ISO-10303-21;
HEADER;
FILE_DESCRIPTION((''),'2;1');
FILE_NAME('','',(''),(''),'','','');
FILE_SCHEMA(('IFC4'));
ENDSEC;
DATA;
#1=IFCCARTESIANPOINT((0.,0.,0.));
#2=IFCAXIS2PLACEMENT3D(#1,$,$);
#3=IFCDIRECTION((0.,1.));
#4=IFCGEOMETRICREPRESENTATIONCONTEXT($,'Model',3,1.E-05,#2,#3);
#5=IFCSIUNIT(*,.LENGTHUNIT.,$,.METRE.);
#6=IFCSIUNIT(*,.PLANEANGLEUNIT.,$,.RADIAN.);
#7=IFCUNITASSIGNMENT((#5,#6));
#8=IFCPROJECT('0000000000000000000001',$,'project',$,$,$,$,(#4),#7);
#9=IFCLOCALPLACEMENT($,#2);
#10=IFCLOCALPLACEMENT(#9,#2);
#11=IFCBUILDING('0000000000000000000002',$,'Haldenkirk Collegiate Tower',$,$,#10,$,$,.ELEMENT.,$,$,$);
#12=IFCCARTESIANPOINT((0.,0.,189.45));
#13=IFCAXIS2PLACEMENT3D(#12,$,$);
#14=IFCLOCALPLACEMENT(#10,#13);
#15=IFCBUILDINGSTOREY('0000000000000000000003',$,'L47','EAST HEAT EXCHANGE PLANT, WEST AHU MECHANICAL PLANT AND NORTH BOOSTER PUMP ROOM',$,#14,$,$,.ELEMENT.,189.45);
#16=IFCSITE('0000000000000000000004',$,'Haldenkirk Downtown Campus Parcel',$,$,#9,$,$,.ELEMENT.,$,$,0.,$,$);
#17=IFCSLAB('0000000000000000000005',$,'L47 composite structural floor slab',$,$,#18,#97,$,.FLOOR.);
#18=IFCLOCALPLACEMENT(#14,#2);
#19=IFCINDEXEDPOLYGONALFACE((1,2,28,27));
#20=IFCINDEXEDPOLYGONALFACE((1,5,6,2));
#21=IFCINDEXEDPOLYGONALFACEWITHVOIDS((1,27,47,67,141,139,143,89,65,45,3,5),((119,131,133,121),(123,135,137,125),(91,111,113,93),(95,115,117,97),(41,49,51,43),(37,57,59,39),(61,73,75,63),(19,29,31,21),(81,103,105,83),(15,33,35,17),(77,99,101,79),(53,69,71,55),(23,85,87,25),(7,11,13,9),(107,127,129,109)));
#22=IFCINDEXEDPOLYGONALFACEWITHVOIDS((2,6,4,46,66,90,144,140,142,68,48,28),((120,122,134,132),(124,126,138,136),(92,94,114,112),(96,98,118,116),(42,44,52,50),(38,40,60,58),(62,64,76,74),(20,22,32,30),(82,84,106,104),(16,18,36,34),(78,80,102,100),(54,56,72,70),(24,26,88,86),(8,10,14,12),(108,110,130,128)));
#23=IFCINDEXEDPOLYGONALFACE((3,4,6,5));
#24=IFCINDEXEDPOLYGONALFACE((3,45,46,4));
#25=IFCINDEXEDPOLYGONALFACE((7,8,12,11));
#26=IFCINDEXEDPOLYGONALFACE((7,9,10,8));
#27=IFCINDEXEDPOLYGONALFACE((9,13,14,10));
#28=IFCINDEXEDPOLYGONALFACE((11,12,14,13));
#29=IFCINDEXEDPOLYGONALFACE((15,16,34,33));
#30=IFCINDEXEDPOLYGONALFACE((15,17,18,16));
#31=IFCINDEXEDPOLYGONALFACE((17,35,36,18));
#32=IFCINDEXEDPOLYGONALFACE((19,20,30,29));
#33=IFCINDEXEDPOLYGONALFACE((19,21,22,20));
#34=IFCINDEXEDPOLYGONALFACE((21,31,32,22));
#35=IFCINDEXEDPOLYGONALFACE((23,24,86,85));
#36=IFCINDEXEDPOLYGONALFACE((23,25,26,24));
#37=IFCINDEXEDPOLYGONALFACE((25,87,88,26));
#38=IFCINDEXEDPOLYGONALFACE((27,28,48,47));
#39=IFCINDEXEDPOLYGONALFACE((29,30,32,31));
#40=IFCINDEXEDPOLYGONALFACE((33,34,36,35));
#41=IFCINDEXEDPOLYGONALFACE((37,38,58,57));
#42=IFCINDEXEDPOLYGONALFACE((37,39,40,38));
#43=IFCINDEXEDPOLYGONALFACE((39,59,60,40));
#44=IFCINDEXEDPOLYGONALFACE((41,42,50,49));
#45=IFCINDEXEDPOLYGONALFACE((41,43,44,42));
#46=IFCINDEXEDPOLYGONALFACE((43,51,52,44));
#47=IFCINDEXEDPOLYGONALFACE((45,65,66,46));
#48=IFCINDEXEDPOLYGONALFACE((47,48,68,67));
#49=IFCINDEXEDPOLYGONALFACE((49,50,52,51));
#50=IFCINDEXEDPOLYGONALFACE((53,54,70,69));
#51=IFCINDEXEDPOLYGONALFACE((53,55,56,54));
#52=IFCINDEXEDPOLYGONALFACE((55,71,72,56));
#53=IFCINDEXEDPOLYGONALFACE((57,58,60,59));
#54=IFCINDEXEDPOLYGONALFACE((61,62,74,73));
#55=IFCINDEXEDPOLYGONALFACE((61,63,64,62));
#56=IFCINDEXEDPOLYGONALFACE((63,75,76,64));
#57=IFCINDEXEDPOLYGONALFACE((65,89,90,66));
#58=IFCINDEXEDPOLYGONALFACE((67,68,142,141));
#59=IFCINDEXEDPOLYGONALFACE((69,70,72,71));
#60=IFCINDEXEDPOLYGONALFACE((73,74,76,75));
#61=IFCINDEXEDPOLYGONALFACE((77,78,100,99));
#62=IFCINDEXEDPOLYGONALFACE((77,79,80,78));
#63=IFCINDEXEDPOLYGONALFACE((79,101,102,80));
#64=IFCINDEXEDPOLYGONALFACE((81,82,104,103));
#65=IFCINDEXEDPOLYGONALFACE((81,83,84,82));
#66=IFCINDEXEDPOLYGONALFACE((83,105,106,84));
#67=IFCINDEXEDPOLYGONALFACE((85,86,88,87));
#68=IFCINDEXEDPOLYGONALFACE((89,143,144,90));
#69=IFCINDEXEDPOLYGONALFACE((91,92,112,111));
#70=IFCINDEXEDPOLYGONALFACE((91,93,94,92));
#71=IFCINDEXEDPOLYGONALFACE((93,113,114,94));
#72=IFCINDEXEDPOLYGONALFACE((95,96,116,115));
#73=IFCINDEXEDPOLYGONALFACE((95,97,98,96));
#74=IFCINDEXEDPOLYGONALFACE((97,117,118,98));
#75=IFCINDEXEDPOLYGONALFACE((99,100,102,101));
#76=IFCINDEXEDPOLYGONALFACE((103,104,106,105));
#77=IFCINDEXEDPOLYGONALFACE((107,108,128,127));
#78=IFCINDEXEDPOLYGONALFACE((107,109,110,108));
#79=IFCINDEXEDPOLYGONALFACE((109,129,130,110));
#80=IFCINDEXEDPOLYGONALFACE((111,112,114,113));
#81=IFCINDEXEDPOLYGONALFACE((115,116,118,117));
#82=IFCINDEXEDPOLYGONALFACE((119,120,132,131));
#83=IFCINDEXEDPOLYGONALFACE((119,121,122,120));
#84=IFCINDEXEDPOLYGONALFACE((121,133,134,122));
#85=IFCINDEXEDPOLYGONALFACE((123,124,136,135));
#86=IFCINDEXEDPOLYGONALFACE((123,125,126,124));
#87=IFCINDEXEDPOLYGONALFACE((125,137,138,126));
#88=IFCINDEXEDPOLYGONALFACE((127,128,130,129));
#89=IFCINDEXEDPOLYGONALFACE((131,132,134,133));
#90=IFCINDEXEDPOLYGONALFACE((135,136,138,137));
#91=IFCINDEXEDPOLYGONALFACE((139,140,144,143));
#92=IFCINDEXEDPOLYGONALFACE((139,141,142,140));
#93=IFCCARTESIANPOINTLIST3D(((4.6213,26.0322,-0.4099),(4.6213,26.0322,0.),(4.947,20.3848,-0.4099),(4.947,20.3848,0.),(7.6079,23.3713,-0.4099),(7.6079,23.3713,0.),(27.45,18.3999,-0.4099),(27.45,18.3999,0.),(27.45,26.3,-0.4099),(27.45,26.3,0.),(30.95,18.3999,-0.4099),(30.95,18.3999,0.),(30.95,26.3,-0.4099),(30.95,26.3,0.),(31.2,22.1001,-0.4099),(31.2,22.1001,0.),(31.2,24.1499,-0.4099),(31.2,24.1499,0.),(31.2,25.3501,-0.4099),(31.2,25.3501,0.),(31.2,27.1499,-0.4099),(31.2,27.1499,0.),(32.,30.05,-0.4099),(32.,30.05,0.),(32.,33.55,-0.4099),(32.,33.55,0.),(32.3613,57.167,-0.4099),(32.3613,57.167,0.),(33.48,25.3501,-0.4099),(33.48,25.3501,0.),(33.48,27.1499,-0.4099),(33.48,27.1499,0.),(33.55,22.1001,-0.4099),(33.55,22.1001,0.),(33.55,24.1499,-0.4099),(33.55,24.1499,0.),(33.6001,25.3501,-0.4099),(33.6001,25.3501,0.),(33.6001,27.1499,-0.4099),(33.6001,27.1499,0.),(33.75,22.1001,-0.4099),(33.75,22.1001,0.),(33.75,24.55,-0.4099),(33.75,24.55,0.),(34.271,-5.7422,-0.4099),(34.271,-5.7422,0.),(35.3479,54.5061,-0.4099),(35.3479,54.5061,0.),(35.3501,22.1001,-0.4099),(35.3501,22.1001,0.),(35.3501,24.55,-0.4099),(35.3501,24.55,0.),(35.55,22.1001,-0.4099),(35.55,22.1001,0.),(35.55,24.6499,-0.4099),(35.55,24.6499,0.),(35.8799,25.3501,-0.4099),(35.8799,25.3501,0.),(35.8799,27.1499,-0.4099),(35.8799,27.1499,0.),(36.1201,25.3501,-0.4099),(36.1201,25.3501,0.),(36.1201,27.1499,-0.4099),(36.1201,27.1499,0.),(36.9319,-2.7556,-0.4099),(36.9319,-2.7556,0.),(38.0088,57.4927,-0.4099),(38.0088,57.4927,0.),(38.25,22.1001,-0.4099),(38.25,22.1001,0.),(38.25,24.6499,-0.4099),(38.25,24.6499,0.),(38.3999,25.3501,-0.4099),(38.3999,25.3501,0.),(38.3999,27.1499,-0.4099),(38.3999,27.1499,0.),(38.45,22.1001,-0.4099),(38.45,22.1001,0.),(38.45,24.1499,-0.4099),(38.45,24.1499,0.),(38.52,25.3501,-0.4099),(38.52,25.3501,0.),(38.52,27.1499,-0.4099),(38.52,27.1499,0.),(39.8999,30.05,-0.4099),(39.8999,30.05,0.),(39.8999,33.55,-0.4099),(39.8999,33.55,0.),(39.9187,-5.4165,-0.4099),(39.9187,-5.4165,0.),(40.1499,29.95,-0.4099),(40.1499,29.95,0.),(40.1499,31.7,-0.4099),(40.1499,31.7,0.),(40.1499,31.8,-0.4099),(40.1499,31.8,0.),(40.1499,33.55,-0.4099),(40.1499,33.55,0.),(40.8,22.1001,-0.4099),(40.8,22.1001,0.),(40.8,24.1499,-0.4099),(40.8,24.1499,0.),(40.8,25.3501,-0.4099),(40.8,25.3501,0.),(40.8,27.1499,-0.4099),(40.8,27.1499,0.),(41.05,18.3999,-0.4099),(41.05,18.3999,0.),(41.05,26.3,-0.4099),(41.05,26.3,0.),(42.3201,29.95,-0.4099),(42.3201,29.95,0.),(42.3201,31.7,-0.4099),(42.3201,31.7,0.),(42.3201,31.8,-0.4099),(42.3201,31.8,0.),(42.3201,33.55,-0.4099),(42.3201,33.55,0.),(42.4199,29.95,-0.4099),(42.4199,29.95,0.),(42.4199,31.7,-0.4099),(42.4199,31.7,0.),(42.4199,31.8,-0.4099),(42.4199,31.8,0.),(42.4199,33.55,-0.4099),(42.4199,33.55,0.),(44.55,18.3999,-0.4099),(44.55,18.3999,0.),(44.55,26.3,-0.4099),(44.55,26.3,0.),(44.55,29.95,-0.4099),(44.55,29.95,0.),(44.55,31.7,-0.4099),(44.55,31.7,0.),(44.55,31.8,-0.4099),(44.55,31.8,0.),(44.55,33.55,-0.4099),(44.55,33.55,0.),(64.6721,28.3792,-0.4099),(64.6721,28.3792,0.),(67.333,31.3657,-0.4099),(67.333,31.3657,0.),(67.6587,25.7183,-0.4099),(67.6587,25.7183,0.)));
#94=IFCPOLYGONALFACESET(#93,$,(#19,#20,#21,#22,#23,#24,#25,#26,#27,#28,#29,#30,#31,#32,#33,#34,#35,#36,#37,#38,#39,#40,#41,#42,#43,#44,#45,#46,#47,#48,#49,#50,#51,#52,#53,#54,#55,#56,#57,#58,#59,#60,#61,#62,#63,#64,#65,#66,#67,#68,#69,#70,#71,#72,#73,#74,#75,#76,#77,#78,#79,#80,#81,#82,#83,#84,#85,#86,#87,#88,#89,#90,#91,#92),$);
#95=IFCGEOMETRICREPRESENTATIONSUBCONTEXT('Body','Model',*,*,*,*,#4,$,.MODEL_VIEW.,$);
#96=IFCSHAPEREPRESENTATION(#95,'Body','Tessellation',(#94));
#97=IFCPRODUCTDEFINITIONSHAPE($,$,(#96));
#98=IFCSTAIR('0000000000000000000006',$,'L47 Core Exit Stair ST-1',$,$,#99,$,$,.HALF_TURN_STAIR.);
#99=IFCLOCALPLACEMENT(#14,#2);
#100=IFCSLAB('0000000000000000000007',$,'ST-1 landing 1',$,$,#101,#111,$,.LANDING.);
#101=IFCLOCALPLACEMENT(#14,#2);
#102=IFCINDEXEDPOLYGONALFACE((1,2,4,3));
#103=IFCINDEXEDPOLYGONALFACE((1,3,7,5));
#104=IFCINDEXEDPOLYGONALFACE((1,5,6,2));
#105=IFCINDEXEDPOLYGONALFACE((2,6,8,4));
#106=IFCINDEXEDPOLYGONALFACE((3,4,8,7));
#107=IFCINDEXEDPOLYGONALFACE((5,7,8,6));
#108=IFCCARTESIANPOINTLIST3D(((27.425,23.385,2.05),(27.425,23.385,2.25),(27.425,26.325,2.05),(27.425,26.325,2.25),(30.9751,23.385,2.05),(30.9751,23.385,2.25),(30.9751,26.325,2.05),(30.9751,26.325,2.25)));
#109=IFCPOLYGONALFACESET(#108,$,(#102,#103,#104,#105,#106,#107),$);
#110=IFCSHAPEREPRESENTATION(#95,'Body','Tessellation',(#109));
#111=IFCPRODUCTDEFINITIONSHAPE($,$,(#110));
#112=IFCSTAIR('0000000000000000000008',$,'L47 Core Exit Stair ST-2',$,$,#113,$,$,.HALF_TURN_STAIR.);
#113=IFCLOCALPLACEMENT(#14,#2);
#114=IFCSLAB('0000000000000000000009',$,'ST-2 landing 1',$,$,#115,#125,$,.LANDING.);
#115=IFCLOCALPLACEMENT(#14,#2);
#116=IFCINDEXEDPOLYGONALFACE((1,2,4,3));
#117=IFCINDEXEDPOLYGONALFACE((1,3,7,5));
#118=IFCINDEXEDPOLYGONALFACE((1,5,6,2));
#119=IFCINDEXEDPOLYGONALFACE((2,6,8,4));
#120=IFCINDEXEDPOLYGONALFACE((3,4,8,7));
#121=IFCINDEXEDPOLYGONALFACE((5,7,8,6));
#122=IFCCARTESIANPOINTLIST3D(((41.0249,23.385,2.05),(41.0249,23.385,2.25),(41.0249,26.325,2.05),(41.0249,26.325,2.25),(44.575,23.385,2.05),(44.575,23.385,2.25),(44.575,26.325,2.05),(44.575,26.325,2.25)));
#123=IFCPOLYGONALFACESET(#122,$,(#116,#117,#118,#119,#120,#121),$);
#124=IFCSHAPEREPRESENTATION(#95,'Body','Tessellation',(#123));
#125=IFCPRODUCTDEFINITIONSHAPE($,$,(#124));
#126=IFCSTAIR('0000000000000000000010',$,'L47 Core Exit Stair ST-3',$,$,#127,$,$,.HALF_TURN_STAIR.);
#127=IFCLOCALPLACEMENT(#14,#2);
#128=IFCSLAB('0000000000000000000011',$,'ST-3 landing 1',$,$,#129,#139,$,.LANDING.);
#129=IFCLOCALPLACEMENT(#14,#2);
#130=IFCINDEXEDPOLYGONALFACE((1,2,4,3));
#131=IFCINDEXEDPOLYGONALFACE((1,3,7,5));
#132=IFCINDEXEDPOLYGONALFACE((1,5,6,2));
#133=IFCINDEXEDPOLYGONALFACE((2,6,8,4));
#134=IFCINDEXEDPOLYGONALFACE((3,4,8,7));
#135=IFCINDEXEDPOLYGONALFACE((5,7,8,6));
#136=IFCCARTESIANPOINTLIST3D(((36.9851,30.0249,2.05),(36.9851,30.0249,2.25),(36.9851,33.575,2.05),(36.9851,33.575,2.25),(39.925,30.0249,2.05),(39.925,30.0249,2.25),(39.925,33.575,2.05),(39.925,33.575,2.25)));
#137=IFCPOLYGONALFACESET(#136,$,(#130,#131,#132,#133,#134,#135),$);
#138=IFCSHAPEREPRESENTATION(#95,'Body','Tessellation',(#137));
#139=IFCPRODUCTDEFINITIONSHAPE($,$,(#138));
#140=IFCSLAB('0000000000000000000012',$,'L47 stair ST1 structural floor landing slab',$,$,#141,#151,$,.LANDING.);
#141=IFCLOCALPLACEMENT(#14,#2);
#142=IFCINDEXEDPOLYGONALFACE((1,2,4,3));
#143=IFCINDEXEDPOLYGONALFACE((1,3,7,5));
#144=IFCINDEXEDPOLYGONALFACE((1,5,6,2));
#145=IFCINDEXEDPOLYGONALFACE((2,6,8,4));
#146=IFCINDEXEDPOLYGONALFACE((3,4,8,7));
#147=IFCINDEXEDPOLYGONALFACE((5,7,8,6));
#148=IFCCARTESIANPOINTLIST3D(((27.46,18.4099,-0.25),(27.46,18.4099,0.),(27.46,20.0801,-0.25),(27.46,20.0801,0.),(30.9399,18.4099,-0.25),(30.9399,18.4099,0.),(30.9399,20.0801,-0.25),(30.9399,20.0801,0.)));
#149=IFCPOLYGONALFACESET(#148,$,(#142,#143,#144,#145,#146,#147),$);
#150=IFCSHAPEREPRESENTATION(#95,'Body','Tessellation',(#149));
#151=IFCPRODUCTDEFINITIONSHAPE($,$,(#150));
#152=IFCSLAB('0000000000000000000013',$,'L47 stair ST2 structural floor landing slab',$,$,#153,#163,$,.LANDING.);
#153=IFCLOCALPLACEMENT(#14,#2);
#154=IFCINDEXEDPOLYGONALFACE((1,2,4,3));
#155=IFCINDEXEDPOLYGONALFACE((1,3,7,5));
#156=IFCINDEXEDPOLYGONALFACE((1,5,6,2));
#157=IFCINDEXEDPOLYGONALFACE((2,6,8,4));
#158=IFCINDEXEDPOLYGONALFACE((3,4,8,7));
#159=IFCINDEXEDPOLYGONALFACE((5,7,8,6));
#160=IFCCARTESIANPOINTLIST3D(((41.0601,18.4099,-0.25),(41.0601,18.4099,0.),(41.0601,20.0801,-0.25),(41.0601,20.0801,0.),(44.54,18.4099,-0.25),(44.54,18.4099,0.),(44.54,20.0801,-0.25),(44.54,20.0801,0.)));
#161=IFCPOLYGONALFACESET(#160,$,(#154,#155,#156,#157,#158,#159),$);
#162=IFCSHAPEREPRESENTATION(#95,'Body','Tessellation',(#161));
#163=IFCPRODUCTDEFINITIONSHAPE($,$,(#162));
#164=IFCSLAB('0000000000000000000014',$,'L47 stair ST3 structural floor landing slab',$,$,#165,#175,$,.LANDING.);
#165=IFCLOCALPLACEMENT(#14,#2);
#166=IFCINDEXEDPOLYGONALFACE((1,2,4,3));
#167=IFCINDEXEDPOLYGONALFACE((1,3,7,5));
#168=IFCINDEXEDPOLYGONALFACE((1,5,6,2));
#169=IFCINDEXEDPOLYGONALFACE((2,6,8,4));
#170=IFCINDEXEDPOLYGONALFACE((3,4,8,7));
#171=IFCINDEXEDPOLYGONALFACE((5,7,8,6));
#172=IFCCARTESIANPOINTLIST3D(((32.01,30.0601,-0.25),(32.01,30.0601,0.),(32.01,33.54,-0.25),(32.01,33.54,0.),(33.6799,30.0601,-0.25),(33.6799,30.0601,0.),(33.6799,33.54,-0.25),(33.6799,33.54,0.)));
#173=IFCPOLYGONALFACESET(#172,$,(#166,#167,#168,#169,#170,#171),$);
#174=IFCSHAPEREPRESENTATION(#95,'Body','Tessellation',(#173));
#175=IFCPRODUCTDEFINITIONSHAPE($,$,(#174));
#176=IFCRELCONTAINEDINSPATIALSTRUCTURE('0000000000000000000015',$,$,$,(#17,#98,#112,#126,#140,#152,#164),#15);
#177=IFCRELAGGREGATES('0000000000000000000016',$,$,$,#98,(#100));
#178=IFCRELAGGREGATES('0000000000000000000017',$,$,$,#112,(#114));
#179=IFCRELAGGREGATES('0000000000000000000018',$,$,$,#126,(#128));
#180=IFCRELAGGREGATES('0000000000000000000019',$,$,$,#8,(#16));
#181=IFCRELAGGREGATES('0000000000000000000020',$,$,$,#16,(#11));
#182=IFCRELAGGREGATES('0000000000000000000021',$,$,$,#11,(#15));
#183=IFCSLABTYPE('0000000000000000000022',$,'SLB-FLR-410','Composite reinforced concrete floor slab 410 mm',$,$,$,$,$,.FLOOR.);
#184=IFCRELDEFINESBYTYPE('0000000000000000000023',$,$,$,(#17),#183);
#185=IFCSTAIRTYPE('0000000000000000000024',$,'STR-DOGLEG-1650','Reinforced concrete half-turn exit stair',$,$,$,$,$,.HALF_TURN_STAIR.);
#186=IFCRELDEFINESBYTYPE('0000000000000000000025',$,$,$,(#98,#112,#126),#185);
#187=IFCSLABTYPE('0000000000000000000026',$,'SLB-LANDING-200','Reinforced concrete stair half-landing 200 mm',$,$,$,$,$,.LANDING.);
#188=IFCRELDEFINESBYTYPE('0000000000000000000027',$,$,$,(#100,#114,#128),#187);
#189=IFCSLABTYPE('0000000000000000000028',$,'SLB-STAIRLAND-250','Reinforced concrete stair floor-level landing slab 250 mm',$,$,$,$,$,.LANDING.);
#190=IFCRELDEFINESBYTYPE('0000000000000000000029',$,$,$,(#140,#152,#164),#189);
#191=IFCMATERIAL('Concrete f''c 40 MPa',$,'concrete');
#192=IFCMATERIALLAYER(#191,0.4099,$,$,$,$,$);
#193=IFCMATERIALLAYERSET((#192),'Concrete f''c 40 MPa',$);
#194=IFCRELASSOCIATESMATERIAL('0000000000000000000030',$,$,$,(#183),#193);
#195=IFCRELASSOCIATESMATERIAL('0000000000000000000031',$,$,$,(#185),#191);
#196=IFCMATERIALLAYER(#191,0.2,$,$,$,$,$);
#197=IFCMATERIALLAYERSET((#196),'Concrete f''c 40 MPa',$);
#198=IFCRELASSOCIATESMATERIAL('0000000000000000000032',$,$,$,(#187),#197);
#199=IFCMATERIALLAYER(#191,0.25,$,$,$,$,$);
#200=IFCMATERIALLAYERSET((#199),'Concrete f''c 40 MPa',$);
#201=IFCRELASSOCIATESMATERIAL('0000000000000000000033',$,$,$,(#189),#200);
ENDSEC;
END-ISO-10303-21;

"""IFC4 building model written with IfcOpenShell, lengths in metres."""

from ifc_helpers import new_model, si_unit, direction, frame, origin, place, context, subcontext, project, spatial, polyline, outline, extrude, material, layer, layer_set, type_object, element, aggregate, save


model = new_model("IFC4")

# Units and contexts
model_context = context("Model", 3, precision=1e-05, world=origin(), true_north=direction((0.0, 1.0)))
body_context = subcontext(model_context, "Body", "Model", "MODEL_VIEW")
ifc_project = project(units=[si_unit("LENGTHUNIT", "METRE"), si_unit("PLANEANGLEUNIT", "RADIAN")], contexts=[model_context])

# Site, building, storey
site_placement = place(None, origin())
site = spatial("IfcSite", under=ifc_project, at=site_placement, Name="Haldenkirk Downtown Campus Parcel", CompositionType="ELEMENT", RefElevation=0.0)
building_placement = place(site_placement, origin())
building = spatial("IfcBuilding", under=site, at=building_placement, Name="Haldenkirk Collegiate Tower", CompositionType="ELEMENT")
storey_placement = place(building_placement, frame((0.0, 0.0, 189.45)))
storey = spatial("IfcBuildingStorey", under=building, at=storey_placement, Name="L47", Description="EAST HEAT EXCHANGE PLANT, WEST AHU MECHANICAL PLANT AND NORTH BOOSTER PUMP ROOM", CompositionType="ELEMENT", Elevation=189.45)

# Slab
ifc_material_1 = material(Name="Concrete f'c 40 MPa", Category="concrete")
ifc_layer_1 = layer(ifc_material_1, 0.4099)
ifc_layer_set_1 = layer_set([ifc_layer_1], Name="Concrete f'c 40 MPa")
slab_type_1 = type_object("IfcSlabType", Name="SLB-FLR-410", Description="Composite reinforced concrete floor slab 410 mm", PredefinedType="FLOOR", material=ifc_layer_set_1)
slab_1_placement = place(storey_placement, frame((0.0, 0.0, -0.4099)))
element("IfcSlab", 1, at=slab_1_placement, inside=storey, type_object=slab_type_1, Name="L47 composite structural floor slab", PredefinedType="FLOOR", context=body_context, shape_type="SweptSolid", body=[
    extrude(outline(polyline([(39.9187, -5.4165), (67.6587, 25.7183), (64.6721, 28.3792), (67.333, 31.3657), (38.0088, 57.4927), (35.3479, 54.5061), (32.3613, 57.167), (4.6213, 26.0322), (7.6079, 23.3713), (4.947, 20.3848), (34.271, -5.7422), (36.9319, -2.7556), (39.9187, -5.4165)]), holes=[polyline([(27.45, 18.3999), (30.95, 18.3999), (30.95, 26.3), (27.45, 26.3), (27.45, 18.3999)]), polyline([(41.05, 18.3999), (44.55, 18.3999), (44.55, 26.3), (41.05, 26.3), (41.05, 18.3999)]), polyline([(32.0, 30.05), (39.8999, 30.05), (39.8999, 33.55), (32.0, 33.55), (32.0, 30.05)]), polyline([(33.75, 22.1001), (35.3501, 22.1001), (35.3501, 24.55), (33.75, 24.55), (33.75, 22.1001)]), polyline([(40.1499, 29.95), (42.3201, 29.95), (42.3201, 31.7), (40.1499, 31.7), (40.1499, 29.95)]), polyline([(42.4199, 29.95), (44.55, 29.95), (44.55, 31.7), (42.4199, 31.7), (42.4199, 29.95)]), polyline([(40.1499, 31.8), (42.3201, 31.8), (42.3201, 33.55), (40.1499, 33.55), (40.1499, 31.8)]), polyline([(42.4199, 31.8), (44.55, 31.8), (44.55, 33.55), (42.4199, 33.55), (42.4199, 31.8)]), polyline([(31.2, 25.3501), (33.48, 25.3501), (33.48, 27.1499), (31.2, 27.1499), (31.2, 25.3501)]), polyline([(33.6001, 25.3501), (35.8799, 25.3501), (35.8799, 27.1499), (33.6001, 27.1499), (33.6001, 25.3501)]), polyline([(36.1201, 25.3501), (38.3999, 25.3501), (38.3999, 27.1499), (36.1201, 27.1499), (36.1201, 25.3501)]), polyline([(38.52, 25.3501), (40.8, 25.3501), (40.8, 27.1499), (38.52, 27.1499), (38.52, 25.3501)]), polyline([(31.2, 22.1001), (33.55, 22.1001), (33.55, 24.1499), (31.2, 24.1499), (31.2, 22.1001)]), polyline([(38.45, 22.1001), (40.8, 22.1001), (40.8, 24.1499), (38.45, 24.1499), (38.45, 22.1001)]), polyline([(35.55, 22.1001), (38.25, 22.1001), (38.25, 24.6499), (35.55, 24.6499), (35.55, 22.1001)])]), origin(), (0.0, 0.0, 1.0), 0.4099),
])

# Stairs, slabs
stair_type = type_object("IfcStairType", Name="STR-DOGLEG-1650", Description="Reinforced concrete half-turn exit stair", PredefinedType="HALF_TURN_STAIR", material=ifc_material_1)
stair_1_placement = place(storey_placement, origin())
stair_1 = element("IfcStair", 2, at=stair_1_placement, inside=storey, type_object=stair_type, Name="L47 Core Exit Stair ST-1", PredefinedType="HALF_TURN_STAIR")
ifc_layer_2 = layer(ifc_material_1, 0.2)
ifc_layer_set_2 = layer_set([ifc_layer_2], Name="Concrete f'c 40 MPa")
slab_type_2 = type_object("IfcSlabType", Name="SLB-LANDING-200", Description="Reinforced concrete stair half-landing 200 mm", PredefinedType="LANDING", material=ifc_layer_set_2)
slab_2_placement = place(storey_placement, frame((0.0, 0.0, 2.05)))
slab_2 = element("IfcSlab", 3, at=slab_2_placement, type_object=slab_type_2, Name="ST-1 landing 1", PredefinedType="LANDING", context=body_context, shape_type="SweptSolid", body=[
    extrude(outline(polyline([(30.9751, 23.385), (27.425, 23.385), (27.425, 26.325), (30.9751, 26.325), (30.9751, 23.385)])), origin(), (0.0, 0.0, 1.0), 0.2),
])
aggregate(stair_1, [slab_2])
stair_2_placement = place(storey_placement, origin())
stair_2 = element("IfcStair", 4, at=stair_2_placement, inside=storey, type_object=stair_type, Name="L47 Core Exit Stair ST-2", PredefinedType="HALF_TURN_STAIR")
slab_3_placement = place(storey_placement, frame((0.0, 0.0, 2.05)))
slab_3 = element("IfcSlab", 5, at=slab_3_placement, type_object=slab_type_2, Name="ST-2 landing 1", PredefinedType="LANDING", context=body_context, shape_type="SweptSolid", body=[
    extrude(outline(polyline([(44.575, 23.385), (41.0249, 23.385), (41.0249, 26.325), (44.575, 26.325), (44.575, 23.385)])), origin(), (0.0, 0.0, 1.0), 0.2),
])
aggregate(stair_2, [slab_3])
stair_3_placement = place(storey_placement, origin())
stair_3 = element("IfcStair", 6, at=stair_3_placement, inside=storey, type_object=stair_type, Name="L47 Core Exit Stair ST-3", PredefinedType="HALF_TURN_STAIR")
slab_4_placement = place(storey_placement, frame((0.0, 0.0, 2.05)))
slab_4 = element("IfcSlab", 7, at=slab_4_placement, type_object=slab_type_2, Name="ST-3 landing 1", PredefinedType="LANDING", context=body_context, shape_type="SweptSolid", body=[
    extrude(outline(polyline([(36.9851, 30.0249), (36.9851, 33.575), (39.925, 33.575), (39.925, 30.0249), (36.9851, 30.0249)])), origin(), (0.0, 0.0, 1.0), 0.2),
])
aggregate(stair_3, [slab_4])

# Slabs
ifc_layer_3 = layer(ifc_material_1, 0.25)
ifc_layer_set_3 = layer_set([ifc_layer_3], Name="Concrete f'c 40 MPa")
slab_type_3 = type_object("IfcSlabType", Name="SLB-STAIRLAND-250", Description="Reinforced concrete stair floor-level landing slab 250 mm", PredefinedType="LANDING", material=ifc_layer_set_3)
slab_5_placement = place(storey_placement, frame((0.0, 0.0, -0.25)))
element("IfcSlab", 8, at=slab_5_placement, inside=storey, type_object=slab_type_3, Name="L47 stair ST1 structural floor landing slab", PredefinedType="LANDING", context=body_context, shape_type="SweptSolid", body=[
    extrude(outline(polyline([(27.46, 18.4099), (30.9399, 18.4099), (30.9399, 20.0801), (27.46, 20.0801), (27.46, 18.4099)])), origin(), (0.0, 0.0, 1.0), 0.25),
])
slab_6_placement = place(storey_placement, frame((0.0, 0.0, -0.25)))
element("IfcSlab", 9, at=slab_6_placement, inside=storey, type_object=slab_type_3, Name="L47 stair ST2 structural floor landing slab", PredefinedType="LANDING", context=body_context, shape_type="SweptSolid", body=[
    extrude(outline(polyline([(41.0601, 18.4099), (44.54, 18.4099), (44.54, 20.0801), (41.0601, 20.0801), (41.0601, 18.4099)])), origin(), (0.0, 0.0, 1.0), 0.25),
])
slab_7_placement = place(storey_placement, frame((0.0, 0.0, -0.25)))
element("IfcSlab", 10, at=slab_7_placement, inside=storey, type_object=slab_type_3, Name="L47 stair ST3 structural floor landing slab", PredefinedType="LANDING", context=body_context, shape_type="SweptSolid", body=[
    extrude(outline(polyline([(32.01, 30.0601), (33.6799, 30.0601), (33.6799, 33.54), (32.01, 33.54), (32.01, 30.0601)])), origin(), (0.0, 0.0, 1.0), 0.25),
])

save(model, "model.ifc")
